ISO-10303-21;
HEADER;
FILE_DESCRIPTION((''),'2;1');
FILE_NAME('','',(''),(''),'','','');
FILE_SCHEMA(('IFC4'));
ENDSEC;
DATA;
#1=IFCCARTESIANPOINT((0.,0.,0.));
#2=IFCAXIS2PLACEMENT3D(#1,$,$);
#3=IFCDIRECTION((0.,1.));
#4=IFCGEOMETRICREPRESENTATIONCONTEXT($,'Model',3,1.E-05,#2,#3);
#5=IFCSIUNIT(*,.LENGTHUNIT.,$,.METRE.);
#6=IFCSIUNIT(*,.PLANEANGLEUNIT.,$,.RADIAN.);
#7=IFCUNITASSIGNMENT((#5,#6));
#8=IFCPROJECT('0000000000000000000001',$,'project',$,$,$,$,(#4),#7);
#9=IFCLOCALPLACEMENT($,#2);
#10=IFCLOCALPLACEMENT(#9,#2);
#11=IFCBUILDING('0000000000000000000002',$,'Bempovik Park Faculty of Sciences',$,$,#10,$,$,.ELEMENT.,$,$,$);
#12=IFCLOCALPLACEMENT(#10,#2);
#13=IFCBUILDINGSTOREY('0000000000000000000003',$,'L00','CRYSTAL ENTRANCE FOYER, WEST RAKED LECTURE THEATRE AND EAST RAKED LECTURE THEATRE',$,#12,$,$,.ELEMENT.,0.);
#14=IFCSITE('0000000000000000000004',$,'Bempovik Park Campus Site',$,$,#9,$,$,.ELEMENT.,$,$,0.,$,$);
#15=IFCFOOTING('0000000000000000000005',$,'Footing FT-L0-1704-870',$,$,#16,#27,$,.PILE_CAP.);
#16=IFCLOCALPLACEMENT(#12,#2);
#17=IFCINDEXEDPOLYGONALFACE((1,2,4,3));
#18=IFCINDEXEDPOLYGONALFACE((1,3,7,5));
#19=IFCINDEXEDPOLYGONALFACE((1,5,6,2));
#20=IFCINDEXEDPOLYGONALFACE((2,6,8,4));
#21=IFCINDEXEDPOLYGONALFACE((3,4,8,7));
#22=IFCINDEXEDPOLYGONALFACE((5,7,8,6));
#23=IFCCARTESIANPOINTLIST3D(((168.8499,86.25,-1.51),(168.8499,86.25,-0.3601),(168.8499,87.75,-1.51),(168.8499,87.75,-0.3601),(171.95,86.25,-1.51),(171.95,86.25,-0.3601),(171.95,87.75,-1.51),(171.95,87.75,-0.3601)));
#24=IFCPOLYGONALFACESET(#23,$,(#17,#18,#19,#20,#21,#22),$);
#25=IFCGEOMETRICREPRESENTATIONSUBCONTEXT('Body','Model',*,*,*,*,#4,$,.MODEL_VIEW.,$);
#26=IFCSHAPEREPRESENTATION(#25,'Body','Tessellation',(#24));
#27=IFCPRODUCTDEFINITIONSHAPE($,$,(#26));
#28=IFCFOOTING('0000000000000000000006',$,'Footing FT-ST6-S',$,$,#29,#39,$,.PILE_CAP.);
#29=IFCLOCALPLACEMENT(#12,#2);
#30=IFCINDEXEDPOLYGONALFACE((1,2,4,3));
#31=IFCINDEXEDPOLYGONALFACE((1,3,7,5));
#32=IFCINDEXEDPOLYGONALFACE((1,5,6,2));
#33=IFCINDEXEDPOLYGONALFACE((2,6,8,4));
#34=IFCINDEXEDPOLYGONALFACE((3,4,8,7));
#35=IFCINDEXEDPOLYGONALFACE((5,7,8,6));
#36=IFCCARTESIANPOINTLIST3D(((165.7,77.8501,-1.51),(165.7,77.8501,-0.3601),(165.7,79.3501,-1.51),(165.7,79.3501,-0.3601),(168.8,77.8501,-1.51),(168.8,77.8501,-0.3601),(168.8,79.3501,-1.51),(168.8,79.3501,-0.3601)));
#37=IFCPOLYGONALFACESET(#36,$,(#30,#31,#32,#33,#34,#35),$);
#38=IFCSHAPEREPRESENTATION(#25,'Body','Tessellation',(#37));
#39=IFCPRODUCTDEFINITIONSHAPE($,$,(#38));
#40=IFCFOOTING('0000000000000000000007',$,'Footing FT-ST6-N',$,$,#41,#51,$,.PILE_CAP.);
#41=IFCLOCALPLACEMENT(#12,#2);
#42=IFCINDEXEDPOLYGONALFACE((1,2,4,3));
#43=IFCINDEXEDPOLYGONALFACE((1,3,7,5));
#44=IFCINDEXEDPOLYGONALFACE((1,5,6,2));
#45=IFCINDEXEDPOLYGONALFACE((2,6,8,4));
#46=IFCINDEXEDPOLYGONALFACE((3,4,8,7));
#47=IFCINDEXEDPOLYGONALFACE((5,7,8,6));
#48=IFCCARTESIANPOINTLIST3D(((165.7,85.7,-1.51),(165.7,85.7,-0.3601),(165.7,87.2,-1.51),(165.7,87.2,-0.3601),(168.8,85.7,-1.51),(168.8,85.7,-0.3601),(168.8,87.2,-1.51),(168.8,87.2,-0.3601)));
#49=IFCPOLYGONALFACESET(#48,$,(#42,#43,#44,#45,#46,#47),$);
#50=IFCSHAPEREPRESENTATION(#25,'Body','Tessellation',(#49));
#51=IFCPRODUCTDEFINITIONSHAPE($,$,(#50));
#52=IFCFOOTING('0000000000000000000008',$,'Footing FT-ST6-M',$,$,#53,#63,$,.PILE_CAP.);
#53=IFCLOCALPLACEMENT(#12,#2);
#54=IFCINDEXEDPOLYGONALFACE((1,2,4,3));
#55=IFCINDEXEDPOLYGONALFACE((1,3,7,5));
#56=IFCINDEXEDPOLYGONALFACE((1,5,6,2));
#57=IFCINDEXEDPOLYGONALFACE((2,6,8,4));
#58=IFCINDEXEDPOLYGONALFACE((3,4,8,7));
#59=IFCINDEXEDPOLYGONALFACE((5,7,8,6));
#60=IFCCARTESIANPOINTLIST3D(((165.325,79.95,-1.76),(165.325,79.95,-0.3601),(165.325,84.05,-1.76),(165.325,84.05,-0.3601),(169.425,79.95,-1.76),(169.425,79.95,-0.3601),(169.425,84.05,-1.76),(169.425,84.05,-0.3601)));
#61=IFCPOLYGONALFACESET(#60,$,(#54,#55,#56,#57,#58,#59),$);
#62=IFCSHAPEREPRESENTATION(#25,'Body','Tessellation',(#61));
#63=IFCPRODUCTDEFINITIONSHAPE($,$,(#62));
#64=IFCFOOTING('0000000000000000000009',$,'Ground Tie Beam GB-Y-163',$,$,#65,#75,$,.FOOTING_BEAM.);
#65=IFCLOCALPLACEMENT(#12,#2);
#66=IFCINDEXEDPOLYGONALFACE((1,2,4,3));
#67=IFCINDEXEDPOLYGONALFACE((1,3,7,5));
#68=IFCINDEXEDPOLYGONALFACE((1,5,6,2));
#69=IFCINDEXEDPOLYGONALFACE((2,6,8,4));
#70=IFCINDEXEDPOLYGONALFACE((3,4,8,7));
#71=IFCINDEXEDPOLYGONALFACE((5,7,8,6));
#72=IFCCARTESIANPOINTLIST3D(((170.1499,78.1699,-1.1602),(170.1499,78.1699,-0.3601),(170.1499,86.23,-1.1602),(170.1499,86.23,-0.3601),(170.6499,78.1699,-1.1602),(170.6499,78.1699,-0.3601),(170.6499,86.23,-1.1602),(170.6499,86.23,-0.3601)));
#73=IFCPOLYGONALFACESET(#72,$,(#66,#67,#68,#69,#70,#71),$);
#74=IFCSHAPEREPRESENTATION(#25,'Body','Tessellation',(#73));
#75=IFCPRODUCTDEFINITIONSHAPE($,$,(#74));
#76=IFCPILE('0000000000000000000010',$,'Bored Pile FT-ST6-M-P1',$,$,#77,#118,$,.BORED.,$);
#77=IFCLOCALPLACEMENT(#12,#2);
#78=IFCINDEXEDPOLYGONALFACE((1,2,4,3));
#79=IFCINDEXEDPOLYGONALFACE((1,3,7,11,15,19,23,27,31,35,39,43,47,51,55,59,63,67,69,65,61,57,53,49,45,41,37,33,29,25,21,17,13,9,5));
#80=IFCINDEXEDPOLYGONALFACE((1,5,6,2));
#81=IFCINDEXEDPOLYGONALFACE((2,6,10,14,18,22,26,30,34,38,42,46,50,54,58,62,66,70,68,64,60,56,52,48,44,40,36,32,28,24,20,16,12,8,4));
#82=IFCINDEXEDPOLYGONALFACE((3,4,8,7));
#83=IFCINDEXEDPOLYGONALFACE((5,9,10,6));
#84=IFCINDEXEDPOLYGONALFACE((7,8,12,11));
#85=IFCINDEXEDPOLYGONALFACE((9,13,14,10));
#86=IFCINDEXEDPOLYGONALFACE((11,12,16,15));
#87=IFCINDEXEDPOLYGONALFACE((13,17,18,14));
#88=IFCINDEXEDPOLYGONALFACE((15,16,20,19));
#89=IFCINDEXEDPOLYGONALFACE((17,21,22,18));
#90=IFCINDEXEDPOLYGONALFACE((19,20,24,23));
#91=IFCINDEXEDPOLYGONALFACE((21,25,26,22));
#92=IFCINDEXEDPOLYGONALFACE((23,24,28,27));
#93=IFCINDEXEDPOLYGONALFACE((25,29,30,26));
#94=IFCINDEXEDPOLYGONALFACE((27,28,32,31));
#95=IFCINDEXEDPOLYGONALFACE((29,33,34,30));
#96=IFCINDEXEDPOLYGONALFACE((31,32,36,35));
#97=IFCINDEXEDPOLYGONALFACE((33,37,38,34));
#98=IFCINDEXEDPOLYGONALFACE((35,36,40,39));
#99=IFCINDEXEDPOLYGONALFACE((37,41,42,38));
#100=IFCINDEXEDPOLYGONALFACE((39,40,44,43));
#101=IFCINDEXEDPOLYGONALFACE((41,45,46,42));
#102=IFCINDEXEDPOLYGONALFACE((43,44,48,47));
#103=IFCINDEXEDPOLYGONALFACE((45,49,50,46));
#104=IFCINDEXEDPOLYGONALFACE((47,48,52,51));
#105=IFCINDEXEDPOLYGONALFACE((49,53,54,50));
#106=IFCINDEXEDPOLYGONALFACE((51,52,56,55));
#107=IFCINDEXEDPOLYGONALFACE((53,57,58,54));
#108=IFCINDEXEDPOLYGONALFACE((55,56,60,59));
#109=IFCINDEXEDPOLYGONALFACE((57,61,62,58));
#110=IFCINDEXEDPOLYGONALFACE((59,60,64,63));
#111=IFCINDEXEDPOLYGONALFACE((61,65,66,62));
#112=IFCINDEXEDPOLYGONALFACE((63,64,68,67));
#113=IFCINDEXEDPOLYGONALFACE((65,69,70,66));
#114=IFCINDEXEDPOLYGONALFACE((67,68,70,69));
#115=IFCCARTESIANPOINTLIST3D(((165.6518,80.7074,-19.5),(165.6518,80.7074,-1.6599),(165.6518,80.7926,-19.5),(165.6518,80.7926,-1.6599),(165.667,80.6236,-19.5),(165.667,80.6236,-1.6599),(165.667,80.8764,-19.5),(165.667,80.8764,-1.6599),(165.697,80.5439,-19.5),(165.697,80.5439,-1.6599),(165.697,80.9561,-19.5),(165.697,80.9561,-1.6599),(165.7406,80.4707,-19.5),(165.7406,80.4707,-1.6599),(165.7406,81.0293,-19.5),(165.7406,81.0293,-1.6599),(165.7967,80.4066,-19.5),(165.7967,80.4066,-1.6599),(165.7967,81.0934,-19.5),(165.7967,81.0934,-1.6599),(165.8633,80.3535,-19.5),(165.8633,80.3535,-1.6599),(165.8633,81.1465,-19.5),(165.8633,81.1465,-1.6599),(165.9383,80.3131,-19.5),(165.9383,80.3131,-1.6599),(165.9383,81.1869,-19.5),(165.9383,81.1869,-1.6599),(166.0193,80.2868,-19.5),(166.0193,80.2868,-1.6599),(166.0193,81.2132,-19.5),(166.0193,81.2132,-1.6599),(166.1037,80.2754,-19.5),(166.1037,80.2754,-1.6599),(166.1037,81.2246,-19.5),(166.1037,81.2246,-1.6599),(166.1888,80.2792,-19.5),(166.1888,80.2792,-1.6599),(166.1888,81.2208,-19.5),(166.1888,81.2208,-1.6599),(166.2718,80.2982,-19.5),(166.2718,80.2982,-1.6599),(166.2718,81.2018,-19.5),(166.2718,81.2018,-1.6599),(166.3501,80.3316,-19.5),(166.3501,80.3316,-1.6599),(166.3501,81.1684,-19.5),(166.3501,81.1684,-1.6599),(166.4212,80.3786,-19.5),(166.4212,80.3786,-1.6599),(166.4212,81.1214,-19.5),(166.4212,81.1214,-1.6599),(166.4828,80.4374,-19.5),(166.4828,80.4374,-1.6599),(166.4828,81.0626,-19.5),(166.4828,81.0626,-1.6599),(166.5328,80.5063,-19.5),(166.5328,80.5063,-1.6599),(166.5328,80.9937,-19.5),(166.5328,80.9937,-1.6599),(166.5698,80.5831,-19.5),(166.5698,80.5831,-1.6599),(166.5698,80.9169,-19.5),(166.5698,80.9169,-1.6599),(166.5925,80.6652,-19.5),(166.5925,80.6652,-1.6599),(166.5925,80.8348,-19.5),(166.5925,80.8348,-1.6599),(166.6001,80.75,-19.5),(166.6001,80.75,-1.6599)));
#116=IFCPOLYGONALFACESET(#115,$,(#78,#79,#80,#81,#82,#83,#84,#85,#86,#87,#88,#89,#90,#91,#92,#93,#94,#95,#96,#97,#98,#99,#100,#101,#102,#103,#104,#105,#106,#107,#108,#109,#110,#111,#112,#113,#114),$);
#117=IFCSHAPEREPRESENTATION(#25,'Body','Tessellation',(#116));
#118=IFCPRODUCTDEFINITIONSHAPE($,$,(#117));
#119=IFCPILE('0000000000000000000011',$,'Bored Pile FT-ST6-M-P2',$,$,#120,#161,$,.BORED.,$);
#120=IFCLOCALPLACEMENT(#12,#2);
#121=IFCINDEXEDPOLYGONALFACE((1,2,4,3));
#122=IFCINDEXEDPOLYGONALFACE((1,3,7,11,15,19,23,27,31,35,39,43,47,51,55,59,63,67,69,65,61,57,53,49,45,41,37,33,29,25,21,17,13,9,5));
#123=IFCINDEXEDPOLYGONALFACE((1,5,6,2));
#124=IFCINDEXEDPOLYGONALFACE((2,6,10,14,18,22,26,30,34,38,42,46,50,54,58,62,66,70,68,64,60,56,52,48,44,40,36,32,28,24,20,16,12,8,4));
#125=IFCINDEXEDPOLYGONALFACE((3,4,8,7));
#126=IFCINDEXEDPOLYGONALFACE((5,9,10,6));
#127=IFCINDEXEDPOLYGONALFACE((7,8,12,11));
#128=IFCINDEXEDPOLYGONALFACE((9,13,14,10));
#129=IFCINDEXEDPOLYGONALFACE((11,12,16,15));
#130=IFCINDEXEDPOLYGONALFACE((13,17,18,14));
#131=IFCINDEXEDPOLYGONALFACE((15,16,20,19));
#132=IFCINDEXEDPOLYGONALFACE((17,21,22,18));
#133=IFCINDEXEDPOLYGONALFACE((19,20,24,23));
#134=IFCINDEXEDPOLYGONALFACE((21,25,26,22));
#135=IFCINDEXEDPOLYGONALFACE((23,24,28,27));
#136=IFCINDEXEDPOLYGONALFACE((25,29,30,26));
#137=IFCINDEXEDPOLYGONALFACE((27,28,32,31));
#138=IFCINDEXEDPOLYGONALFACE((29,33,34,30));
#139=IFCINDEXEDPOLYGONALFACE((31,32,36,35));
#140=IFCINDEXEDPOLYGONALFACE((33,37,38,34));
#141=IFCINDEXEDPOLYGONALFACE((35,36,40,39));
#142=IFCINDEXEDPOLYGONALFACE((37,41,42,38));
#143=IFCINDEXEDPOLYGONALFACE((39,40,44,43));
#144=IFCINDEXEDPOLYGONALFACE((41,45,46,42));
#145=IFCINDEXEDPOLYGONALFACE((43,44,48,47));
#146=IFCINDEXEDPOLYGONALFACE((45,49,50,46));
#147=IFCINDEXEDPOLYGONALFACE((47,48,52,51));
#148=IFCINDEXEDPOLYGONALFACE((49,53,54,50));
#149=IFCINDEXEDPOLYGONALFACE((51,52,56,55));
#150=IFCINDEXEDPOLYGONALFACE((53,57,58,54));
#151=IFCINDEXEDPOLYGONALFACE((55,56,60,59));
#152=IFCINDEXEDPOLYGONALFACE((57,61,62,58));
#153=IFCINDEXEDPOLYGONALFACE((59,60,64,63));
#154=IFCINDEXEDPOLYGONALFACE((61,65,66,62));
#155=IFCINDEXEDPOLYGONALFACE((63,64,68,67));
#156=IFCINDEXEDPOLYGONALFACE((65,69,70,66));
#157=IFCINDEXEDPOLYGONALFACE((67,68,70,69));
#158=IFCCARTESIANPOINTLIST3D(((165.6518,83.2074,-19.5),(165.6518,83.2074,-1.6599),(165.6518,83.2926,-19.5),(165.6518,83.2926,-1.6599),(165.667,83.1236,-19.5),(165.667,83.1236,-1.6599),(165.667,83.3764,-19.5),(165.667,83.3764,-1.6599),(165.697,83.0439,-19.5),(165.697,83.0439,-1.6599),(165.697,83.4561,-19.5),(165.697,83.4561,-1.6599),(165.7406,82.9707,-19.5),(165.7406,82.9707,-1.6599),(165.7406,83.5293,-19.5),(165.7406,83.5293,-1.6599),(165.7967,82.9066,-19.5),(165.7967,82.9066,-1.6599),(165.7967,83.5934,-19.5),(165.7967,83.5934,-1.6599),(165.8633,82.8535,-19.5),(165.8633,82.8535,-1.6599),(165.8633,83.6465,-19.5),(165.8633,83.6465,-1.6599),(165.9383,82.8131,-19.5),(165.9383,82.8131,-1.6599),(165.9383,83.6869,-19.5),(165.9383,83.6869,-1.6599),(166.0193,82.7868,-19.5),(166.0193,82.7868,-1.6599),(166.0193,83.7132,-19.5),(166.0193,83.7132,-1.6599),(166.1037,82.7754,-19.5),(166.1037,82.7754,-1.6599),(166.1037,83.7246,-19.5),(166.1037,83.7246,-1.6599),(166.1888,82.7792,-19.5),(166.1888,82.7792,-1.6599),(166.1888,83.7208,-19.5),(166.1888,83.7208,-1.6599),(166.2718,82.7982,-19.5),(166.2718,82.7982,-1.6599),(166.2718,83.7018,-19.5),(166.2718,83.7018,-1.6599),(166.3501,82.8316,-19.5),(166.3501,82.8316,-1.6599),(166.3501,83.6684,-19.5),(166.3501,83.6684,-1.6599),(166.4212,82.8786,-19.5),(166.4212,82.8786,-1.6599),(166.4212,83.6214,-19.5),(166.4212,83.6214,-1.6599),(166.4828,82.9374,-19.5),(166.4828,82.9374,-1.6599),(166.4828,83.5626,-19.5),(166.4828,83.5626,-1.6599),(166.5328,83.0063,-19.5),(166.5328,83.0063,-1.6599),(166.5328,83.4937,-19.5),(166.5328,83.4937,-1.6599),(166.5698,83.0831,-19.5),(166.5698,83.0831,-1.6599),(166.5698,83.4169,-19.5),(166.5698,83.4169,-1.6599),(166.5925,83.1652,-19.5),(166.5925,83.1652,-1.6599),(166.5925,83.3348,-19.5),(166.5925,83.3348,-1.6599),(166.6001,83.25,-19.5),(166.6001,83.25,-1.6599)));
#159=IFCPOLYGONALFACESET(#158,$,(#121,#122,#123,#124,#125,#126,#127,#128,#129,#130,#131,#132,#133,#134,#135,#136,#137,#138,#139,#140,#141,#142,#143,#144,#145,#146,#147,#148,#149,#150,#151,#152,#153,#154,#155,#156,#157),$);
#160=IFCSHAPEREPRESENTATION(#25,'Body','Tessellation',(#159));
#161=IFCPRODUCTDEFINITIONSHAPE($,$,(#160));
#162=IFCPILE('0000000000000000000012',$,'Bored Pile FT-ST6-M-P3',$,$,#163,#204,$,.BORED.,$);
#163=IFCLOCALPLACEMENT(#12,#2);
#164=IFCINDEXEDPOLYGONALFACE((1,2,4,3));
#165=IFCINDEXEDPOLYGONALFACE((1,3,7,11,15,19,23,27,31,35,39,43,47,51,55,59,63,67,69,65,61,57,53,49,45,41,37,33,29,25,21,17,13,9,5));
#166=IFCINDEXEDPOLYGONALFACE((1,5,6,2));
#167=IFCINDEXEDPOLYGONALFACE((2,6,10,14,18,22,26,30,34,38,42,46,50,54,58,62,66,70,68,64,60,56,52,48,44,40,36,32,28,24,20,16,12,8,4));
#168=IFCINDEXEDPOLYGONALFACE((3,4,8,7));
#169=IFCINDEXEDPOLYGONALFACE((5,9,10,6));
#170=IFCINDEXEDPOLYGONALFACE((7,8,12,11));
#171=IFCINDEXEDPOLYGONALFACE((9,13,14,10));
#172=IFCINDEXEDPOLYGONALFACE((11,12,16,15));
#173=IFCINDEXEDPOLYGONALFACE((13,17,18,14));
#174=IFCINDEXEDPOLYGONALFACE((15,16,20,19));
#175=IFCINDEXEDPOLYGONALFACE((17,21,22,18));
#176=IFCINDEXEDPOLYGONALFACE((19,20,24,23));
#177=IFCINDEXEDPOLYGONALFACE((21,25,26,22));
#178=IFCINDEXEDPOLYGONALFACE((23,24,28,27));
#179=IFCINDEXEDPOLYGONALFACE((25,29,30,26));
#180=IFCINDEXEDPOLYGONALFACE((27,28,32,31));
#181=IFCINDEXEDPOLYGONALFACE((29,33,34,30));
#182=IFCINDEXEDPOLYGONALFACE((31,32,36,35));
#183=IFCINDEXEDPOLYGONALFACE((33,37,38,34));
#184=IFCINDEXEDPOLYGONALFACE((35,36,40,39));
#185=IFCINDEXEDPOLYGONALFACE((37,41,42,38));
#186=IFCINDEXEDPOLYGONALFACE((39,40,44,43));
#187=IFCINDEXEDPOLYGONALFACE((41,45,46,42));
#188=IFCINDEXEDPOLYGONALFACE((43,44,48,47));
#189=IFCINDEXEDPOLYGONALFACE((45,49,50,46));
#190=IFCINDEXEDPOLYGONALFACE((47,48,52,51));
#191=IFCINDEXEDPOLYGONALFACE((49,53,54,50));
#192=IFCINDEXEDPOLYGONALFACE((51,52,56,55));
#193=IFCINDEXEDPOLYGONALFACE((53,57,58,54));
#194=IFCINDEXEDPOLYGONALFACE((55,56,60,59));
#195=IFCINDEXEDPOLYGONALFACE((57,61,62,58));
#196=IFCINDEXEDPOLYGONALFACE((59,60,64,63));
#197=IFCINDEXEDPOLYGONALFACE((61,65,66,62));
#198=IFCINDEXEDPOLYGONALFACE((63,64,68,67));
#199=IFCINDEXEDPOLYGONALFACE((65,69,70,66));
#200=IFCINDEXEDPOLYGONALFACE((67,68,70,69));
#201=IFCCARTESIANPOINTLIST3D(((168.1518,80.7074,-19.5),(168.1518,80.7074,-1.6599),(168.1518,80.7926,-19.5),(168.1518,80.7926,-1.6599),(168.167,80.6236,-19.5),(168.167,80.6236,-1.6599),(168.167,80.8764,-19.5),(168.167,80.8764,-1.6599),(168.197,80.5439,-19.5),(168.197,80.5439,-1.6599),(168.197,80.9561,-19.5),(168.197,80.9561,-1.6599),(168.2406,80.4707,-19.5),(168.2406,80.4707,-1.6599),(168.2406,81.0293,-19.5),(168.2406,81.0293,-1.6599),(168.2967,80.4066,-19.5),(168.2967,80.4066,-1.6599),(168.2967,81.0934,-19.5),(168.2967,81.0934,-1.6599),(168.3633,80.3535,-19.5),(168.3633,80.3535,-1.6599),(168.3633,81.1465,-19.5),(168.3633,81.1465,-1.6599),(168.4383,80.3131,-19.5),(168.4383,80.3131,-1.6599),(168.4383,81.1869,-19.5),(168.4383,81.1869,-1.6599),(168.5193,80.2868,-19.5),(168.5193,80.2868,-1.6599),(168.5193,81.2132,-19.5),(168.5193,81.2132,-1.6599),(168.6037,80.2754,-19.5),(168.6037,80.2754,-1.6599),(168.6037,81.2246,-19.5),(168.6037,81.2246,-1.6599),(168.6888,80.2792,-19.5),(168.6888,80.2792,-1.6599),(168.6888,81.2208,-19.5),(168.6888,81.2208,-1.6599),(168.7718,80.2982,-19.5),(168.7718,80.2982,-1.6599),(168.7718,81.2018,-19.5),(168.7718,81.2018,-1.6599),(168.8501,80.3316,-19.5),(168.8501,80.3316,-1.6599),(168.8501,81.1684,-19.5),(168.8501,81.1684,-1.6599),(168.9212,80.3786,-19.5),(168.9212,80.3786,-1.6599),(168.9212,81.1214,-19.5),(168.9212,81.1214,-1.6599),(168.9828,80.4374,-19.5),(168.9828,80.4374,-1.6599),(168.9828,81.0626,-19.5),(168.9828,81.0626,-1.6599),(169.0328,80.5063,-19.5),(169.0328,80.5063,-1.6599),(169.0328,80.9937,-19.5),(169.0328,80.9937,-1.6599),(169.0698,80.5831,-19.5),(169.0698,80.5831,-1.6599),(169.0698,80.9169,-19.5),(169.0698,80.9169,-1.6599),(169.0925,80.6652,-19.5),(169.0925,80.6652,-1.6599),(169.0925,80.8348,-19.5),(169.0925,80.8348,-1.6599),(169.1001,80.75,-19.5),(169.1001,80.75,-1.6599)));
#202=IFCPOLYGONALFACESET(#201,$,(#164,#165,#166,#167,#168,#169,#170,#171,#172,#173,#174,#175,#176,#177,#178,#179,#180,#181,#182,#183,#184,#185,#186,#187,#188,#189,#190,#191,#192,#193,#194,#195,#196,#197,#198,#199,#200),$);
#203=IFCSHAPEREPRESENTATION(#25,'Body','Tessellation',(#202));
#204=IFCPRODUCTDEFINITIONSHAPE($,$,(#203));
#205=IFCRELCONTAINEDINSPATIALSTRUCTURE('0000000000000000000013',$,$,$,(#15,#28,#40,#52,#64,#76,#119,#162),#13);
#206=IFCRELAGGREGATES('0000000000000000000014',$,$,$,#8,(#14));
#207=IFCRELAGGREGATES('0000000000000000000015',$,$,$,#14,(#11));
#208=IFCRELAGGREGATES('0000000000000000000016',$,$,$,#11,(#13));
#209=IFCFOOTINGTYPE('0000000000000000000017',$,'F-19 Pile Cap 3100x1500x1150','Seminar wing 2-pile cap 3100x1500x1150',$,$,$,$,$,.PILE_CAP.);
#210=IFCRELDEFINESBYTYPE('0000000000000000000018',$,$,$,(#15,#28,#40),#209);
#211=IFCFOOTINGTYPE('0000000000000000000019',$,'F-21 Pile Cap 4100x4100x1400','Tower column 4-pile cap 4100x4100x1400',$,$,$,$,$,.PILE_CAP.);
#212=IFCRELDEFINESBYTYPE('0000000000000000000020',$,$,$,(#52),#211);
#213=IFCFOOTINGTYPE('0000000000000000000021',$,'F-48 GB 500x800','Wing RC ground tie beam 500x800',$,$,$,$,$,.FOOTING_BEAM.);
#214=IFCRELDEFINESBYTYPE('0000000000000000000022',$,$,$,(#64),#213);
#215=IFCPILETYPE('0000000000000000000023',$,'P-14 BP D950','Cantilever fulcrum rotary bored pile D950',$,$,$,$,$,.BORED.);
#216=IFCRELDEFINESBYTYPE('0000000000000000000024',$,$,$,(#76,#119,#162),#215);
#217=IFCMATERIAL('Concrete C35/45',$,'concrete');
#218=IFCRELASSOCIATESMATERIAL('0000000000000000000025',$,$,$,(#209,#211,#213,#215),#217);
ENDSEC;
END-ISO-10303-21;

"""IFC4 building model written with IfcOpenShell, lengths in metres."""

from ifc_helpers import new_model, si_unit, direction, frame, origin, origin_2d, place, context, subcontext, project, spatial, rectangle, circle, extrude, material, material_profile, profile_set, type_object, element, save


model = new_model("IFC4")

# Units and contexts
model_context = context("Model", 3, precision=1e-05, world=origin(), true_north=direction((0.0, 1.0)))
body_context = subcontext(model_context, "Body", "Model", "MODEL_VIEW")
ifc_project = project(units=[si_unit("LENGTHUNIT", "METRE"), si_unit("PLANEANGLEUNIT", "RADIAN")], contexts=[model_context])

# Site, building, storey
site_placement = place(None, origin())
site = spatial("IfcSite", under=ifc_project, at=site_placement, Name="Bempovik Park Campus Site", CompositionType="ELEMENT", RefElevation=0.0)
building_placement = place(site_placement, origin())
building = spatial("IfcBuilding", under=site, at=building_placement, Name="Bempovik Park Faculty of Sciences", CompositionType="ELEMENT")
storey_placement = place(building_placement, origin())
storey = spatial("IfcBuildingStorey", under=building, at=storey_placement, Name="L00", Description="CRYSTAL ENTRANCE FOYER, WEST RAKED LECTURE THEATRE AND EAST RAKED LECTURE THEATRE", CompositionType="ELEMENT", Elevation=0.0)

# Footings
ifc_material_1 = material(Name="Concrete C35/45", Category="concrete")
footing_type_1 = type_object("IfcFootingType", Name="F-19 Pile Cap 3100x1500x1150", Description="Seminar wing 2-pile cap 3100x1500x1150", PredefinedType="PILE_CAP", material=ifc_material_1)
for number, where, z_axis, x_axis, name in (
    (1, (170.3999, 87.0, -1.51), (0.0, 0.0, 1.0), (1.0, 0.0, 0.0), "Footing FT-L0-1704-870"),
    (2, (167.25, 78.6001, -1.51), (0.0, 0.0, 1.0), (1.0, 0.0, 0.0), "Footing FT-ST6-S"),
    (3, (167.25, 86.45, -1.51), (0.0, 0.0, 1.0), (1.0, 0.0, 0.0), "Footing FT-ST6-N"),
):
    element("IfcFooting", number, at=place(storey_placement, frame(where, z_axis=z_axis, x_axis=x_axis)), inside=storey, type_object=footing_type_1, Name=name, PredefinedType="PILE_CAP", context=body_context, shape_type="SweptSolid", body=[
        extrude(rectangle(XDim=3.1001, YDim=1.5, at=origin_2d()), origin(), (0.0, 0.0, 1.0), 1.1499),
    ])
footing_type_2 = type_object("IfcFootingType", Name="F-21 Pile Cap 4100x4100x1400", Description="Tower column 4-pile cap 4100x4100x1400", PredefinedType="PILE_CAP", material=ifc_material_1)
footing_1_placement = place(storey_placement, frame((167.375, 82.0, -1.76), z_axis=(0.0, 0.0, 1.0), x_axis=(1.0, 0.0, 0.0)))
element("IfcFooting", 4, at=footing_1_placement, inside=storey, type_object=footing_type_2, Name="Footing FT-ST6-M", PredefinedType="PILE_CAP", context=body_context, shape_type="SweptSolid", body=[
    extrude(rectangle(XDim=4.1001, YDim=4.1001, at=origin_2d()), origin(), (0.0, 0.0, 1.0), 1.3999),
])
footing_type_3 = type_object("IfcFootingType", Name="F-48 GB 500x800", Description="Wing RC ground tie beam 500x800", PredefinedType="FOOTING_BEAM", material=ifc_material_1)
footing_2_placement = place(storey_placement, frame((170.3999, 82.2, -1.1602), z_axis=(0.0, 0.0, 1.0), x_axis=(1.0, 0.0, 0.0)))
element("IfcFooting", 5, at=footing_2_placement, inside=storey, type_object=footing_type_3, Name="Ground Tie Beam GB-Y-163", PredefinedType="FOOTING_BEAM", context=body_context, shape_type="SweptSolid", body=[
    extrude(rectangle(XDim=0.5, YDim=8.0601, at=origin_2d()), origin(), (0.0, 0.0, 1.0), 0.8),
])

# Piles
ifc_material_profile_1 = material_profile(ifc_material_1, circle(Radius=0.4751, at=origin_2d()), Name="BP D950")
ifc_profile_set_1 = profile_set([ifc_material_profile_1], Name="Concrete C35/45")
pile_type_1 = type_object("IfcPileType", Name="P-14 BP D950", Description="Cantilever fulcrum rotary bored pile D950", PredefinedType="BORED", material=ifc_profile_set_1)
for number, where, z_axis, x_axis, name in (
    (6, (166.125, 80.75, -1.6599), (0.0, 0.0, -1.0), (1.0, 0.0, 0.0), "Bored Pile FT-ST6-M-P1"),
    (7, (166.125, 83.25, -1.6599), (0.0, 0.0, -1.0), (1.0, 0.0, 0.0), "Bored Pile FT-ST6-M-P2"),
    (8, (168.625, 80.75, -1.6599), (0.0, 0.0, -1.0), (1.0, 0.0, 0.0), "Bored Pile FT-ST6-M-P3"),
):
    element("IfcPile", number, at=place(storey_placement, frame(where, z_axis=z_axis, x_axis=x_axis)), inside=storey, type_object=pile_type_1, Name=name, PredefinedType="BORED", context=body_context, shape_type="SweptSolid", body=[
        extrude(circle(Radius=0.4751, at=origin_2d()), origin(), (0.0, 0.0, 1.0), 17.8401),
    ])

save(model, "model.ifc")
